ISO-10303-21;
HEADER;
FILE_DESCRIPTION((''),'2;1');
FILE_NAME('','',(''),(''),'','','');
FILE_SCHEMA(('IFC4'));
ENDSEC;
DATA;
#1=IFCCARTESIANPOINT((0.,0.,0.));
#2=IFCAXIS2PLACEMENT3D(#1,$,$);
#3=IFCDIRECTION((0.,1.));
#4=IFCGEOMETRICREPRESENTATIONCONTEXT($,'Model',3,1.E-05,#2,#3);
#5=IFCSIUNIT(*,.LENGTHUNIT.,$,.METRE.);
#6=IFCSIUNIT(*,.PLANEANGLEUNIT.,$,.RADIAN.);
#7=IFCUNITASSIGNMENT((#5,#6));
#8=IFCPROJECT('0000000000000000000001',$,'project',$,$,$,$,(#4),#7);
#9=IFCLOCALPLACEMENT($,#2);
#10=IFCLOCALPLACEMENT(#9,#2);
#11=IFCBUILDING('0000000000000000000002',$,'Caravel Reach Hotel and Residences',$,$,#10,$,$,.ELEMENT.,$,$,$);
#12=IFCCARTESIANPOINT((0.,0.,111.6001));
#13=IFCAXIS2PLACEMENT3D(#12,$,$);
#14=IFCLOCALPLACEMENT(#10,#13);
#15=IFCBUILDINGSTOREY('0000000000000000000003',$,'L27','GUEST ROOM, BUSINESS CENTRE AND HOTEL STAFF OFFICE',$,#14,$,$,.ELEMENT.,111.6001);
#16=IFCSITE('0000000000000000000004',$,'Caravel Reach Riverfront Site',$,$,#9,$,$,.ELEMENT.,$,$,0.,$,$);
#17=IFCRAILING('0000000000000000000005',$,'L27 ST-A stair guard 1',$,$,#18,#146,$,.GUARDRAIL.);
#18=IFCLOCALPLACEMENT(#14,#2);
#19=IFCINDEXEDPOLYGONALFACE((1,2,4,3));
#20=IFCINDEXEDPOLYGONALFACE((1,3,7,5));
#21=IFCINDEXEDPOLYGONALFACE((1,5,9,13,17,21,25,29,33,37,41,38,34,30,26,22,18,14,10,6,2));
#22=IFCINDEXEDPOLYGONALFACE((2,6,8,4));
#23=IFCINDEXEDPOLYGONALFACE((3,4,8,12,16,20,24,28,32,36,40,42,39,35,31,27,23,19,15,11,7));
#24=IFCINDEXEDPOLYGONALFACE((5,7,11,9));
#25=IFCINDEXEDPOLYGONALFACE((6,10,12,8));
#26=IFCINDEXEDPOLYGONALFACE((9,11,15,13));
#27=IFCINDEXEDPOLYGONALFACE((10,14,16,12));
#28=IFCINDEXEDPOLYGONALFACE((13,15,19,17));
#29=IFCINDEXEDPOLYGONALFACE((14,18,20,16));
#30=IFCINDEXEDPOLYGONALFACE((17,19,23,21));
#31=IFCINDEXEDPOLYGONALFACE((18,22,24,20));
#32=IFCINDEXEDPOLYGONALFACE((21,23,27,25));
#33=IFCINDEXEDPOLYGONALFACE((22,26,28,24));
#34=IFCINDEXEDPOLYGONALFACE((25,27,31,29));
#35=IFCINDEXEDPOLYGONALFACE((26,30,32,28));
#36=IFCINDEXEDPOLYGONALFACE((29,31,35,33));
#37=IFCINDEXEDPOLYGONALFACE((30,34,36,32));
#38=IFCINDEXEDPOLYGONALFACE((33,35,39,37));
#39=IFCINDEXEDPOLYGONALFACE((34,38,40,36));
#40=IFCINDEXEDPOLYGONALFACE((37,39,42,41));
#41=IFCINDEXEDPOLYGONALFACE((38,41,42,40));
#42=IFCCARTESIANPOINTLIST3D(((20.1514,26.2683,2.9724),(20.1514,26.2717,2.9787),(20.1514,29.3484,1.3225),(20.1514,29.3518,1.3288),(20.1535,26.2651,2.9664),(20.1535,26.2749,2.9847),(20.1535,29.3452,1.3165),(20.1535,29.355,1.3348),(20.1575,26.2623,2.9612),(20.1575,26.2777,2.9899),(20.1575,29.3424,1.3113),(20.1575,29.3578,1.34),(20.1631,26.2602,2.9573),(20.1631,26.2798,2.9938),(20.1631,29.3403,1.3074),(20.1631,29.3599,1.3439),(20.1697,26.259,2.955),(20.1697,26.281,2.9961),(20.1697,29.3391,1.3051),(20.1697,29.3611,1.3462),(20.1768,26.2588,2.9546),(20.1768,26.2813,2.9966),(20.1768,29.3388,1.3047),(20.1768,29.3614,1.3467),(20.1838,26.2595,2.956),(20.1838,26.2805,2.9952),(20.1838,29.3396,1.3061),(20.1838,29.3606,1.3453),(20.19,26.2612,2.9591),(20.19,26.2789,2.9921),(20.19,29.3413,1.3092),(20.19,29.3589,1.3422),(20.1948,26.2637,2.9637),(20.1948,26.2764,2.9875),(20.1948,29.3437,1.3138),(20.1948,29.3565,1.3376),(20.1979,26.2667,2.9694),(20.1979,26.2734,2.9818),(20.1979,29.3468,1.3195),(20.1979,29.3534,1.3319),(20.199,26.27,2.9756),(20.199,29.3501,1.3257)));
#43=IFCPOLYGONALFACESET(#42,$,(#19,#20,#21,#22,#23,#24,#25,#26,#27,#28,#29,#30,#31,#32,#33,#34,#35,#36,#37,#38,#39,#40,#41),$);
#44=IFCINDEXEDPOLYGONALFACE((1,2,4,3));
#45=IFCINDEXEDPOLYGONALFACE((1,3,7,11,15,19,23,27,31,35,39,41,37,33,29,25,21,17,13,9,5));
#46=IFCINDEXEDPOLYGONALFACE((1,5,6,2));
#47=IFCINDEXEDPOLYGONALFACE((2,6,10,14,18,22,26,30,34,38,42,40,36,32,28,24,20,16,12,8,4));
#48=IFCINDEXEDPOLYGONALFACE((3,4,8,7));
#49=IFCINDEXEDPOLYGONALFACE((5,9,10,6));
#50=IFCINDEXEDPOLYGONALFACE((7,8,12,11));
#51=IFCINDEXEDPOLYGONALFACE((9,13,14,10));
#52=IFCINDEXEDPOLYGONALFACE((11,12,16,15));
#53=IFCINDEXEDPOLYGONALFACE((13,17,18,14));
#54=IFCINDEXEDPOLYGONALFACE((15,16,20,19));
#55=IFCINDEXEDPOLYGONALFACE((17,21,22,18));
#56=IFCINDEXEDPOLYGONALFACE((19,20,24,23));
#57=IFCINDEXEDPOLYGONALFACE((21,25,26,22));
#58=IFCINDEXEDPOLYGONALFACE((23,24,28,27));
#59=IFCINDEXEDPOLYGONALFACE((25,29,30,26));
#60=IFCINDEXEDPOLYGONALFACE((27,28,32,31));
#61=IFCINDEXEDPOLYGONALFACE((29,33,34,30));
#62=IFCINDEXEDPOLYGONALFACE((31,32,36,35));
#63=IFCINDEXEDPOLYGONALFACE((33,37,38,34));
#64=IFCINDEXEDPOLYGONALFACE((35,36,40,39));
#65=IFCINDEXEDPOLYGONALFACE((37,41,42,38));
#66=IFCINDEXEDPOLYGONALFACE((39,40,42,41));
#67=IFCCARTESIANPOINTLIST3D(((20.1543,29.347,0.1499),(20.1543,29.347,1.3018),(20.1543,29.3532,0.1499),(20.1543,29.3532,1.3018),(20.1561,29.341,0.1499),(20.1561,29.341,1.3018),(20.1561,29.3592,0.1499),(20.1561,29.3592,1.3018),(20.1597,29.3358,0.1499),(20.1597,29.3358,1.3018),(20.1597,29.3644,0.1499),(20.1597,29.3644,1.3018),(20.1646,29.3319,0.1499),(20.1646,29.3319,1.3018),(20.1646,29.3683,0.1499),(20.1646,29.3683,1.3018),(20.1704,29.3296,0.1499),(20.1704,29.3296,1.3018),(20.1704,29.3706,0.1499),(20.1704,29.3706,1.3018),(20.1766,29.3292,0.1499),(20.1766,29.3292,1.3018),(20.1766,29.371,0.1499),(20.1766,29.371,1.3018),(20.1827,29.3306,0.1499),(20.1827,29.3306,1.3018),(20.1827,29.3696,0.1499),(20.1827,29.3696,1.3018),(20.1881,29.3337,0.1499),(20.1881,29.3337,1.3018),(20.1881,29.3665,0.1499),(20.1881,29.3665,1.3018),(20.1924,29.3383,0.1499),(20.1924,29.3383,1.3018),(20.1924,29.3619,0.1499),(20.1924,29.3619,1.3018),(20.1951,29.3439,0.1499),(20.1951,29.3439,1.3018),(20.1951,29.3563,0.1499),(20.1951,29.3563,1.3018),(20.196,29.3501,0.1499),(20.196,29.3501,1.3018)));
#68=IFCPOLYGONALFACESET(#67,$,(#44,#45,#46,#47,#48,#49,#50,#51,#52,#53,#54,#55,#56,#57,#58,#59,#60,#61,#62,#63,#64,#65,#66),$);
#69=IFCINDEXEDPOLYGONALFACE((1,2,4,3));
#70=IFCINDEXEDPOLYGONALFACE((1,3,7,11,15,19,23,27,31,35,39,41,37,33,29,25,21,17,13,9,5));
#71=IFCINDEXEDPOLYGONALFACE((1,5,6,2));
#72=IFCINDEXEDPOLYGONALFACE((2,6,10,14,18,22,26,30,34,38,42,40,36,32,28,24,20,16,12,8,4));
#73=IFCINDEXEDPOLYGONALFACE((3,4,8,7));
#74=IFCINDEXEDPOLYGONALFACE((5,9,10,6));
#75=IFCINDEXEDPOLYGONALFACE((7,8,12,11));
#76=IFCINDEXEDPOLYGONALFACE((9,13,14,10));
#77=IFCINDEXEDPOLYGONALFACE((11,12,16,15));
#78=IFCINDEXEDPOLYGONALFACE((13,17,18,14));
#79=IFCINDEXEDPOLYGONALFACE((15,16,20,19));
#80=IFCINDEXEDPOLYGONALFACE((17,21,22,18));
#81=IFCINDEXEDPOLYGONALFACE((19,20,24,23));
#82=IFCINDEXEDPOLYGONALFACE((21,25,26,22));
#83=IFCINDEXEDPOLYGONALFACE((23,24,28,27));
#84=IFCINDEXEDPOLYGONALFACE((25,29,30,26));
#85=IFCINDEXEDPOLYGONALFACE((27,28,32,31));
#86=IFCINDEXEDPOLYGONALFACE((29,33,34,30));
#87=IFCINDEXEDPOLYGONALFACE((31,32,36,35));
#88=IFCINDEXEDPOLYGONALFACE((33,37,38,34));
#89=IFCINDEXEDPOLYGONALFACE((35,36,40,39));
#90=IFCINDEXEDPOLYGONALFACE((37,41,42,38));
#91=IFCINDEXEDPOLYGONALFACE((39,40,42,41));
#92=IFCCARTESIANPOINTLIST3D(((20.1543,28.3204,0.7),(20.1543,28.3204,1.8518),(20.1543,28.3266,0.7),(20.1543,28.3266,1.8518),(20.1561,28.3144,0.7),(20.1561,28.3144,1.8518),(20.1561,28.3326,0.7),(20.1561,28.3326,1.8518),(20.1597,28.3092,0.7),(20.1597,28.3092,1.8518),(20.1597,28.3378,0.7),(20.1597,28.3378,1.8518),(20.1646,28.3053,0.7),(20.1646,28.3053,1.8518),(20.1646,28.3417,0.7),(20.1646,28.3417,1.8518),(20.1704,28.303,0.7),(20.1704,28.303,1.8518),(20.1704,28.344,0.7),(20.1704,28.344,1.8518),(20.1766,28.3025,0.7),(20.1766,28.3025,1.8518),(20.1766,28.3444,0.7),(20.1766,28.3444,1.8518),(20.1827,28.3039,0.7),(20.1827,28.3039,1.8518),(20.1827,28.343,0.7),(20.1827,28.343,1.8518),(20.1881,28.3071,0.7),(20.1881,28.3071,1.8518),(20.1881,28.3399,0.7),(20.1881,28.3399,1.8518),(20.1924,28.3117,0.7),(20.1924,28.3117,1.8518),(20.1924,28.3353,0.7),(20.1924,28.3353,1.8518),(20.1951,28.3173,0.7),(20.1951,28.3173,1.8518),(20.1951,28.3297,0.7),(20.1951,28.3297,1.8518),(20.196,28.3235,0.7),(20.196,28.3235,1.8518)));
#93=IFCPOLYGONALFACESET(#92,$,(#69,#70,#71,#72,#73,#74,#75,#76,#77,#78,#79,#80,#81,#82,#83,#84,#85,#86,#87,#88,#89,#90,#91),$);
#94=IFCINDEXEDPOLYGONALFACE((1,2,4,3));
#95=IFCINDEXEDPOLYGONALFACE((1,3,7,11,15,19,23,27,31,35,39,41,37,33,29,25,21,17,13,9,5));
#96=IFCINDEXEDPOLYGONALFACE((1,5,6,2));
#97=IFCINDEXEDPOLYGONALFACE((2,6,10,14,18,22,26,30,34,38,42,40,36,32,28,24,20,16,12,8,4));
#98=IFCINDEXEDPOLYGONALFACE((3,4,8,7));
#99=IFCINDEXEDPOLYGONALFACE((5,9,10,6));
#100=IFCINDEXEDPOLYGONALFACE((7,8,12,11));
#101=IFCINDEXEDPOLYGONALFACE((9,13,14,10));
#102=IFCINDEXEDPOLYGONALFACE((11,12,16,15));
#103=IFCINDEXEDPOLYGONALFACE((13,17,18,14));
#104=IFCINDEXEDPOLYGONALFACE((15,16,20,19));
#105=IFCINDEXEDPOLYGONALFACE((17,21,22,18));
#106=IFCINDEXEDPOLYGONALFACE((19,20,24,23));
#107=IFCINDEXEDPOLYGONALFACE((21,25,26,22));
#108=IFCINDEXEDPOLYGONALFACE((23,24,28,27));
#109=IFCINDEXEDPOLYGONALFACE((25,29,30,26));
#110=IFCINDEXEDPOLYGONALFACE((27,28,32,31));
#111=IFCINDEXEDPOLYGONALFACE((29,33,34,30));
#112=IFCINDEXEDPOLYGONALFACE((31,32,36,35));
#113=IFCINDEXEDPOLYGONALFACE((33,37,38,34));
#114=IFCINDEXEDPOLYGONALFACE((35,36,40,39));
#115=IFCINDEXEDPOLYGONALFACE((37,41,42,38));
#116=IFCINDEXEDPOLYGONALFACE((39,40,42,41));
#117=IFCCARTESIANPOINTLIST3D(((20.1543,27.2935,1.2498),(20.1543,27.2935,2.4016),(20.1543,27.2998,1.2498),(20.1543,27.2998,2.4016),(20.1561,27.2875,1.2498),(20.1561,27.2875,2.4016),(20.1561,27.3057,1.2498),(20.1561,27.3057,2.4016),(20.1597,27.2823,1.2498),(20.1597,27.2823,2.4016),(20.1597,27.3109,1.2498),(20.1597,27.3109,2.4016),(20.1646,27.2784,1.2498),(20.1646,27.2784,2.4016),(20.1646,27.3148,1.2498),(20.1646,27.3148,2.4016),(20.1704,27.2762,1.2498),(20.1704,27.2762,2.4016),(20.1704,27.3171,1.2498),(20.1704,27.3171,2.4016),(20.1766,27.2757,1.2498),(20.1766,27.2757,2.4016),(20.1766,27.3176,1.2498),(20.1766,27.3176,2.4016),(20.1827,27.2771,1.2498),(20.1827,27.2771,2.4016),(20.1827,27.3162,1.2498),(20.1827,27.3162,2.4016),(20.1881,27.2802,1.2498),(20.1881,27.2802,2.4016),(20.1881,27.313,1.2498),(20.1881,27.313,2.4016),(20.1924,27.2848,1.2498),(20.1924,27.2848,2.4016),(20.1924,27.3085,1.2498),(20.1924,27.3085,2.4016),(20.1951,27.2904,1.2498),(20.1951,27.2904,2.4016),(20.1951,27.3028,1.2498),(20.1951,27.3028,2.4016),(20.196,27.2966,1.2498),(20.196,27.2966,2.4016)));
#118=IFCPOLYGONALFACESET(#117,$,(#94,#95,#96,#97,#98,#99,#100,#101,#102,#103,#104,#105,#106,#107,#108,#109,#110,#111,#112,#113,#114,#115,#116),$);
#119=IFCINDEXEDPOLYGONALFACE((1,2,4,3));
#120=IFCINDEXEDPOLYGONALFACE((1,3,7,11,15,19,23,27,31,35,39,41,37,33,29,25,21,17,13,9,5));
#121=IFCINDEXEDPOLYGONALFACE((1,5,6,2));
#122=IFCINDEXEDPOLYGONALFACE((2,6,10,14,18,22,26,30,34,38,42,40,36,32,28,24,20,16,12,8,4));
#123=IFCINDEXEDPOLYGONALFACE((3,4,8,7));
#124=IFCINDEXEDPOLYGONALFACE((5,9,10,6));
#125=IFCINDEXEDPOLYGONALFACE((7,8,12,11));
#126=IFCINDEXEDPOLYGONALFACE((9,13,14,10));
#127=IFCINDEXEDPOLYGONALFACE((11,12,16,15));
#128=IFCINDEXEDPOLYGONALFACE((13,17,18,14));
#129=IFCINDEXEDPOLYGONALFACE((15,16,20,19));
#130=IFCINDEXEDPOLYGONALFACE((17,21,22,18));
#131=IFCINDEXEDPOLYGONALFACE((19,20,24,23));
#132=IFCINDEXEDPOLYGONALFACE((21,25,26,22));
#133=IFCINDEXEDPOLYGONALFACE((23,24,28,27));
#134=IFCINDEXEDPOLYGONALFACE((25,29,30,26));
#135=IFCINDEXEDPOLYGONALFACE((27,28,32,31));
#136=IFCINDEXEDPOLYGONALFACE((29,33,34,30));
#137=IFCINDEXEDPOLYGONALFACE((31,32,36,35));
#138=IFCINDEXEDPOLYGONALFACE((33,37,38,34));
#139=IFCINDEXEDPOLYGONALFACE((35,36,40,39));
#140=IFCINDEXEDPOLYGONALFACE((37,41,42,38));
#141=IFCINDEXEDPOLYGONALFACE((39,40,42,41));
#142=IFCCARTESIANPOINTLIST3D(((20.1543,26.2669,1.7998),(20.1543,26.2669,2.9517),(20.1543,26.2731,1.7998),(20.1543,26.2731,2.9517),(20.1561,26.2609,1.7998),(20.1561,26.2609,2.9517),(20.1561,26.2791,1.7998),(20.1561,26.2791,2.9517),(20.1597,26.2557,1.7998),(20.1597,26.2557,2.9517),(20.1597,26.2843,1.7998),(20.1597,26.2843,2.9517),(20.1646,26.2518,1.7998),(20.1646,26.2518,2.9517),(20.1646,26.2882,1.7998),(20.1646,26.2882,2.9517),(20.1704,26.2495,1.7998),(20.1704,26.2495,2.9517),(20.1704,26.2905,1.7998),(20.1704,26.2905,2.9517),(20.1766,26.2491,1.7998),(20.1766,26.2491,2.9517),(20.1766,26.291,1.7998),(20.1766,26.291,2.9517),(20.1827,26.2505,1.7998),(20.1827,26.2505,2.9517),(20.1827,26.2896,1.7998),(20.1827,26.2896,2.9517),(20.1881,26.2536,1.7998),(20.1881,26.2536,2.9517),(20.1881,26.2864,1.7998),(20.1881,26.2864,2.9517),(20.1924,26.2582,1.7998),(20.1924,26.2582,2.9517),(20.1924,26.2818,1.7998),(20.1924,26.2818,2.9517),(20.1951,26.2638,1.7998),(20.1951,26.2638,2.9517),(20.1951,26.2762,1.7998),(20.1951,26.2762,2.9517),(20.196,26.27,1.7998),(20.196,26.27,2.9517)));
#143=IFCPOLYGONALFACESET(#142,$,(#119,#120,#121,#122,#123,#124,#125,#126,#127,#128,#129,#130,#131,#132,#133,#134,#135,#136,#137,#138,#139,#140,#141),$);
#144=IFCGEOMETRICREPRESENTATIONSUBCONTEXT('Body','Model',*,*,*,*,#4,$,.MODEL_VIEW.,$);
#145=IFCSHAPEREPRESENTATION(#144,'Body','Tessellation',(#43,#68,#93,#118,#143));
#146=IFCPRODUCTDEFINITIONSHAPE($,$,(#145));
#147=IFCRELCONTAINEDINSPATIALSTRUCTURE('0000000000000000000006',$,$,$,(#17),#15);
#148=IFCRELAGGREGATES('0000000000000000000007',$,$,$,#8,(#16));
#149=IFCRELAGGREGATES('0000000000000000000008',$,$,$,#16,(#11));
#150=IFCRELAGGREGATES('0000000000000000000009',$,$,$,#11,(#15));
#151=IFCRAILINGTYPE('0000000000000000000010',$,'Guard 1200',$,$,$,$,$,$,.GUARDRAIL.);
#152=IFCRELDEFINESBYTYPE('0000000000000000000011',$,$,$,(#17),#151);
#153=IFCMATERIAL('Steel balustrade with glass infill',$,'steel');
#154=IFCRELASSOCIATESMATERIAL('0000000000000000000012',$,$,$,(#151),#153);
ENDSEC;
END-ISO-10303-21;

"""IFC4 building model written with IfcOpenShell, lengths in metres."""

from ifc_helpers import new_model, si_unit, direction, frame, origin, origin_2d, place, context, subcontext, project, spatial, circle, extrude, material, type_object, element, save


model = new_model("IFC4")

# Units and contexts
model_context = context("Model", 3, precision=1e-05, world=origin(), true_north=direction((0.0, 1.0)))
body_context = subcontext(model_context, "Body", "Model", "MODEL_VIEW")
ifc_project = project(units=[si_unit("LENGTHUNIT", "METRE"), si_unit("PLANEANGLEUNIT", "RADIAN")], contexts=[model_context])

# Site, building, storey
site_placement = place(None, origin())
site = spatial("IfcSite", under=ifc_project, at=site_placement, Name="Caravel Reach Riverfront Site", CompositionType="ELEMENT", RefElevation=0.0)
building_placement = place(site_placement, origin())
building = spatial("IfcBuilding", under=site, at=building_placement, Name="Caravel Reach Hotel and Residences", CompositionType="ELEMENT")
storey_placement = place(building_placement, frame((0.0, 0.0, 111.6001)))
storey = spatial("IfcBuildingStorey", under=building, at=storey_placement, Name="L27", Description="GUEST ROOM, BUSINESS CENTRE AND HOTEL STAFF OFFICE", CompositionType="ELEMENT", Elevation=111.6001)

# Railing
ifc_material_1 = material(Name="Steel balustrade with glass infill", Category="steel")
railing_type_1 = type_object("IfcRailingType", Name="Guard 1200", PredefinedType="GUARDRAIL", material=ifc_material_1)
railing_1_placement = place(storey_placement, frame((20.175, 29.3501, 0.1499)))
element("IfcRailing", 1, at=railing_1_placement, inside=storey, type_object=railing_type_1, Name="L27 ST-A stair guard 1", PredefinedType="GUARDRAIL", context=body_context, shape_type="SweptSolid", body=[
    extrude(circle(Radius=0.0239, at=origin_2d()), frame((0.0, 0.0, 1.1758), z_axis=(0.0, -0.881497, 0.47219), x_axis=(1.0, 0.0, 0.0)), (0.0, 0.0, 1.0), 3.4941),
    extrude(circle(Radius=0.021, at=origin_2d()), origin(), (0.0, 0.0, 1.0), 1.1519),
    extrude(circle(Radius=0.021, at=origin_2d()), frame((0.0, -1.0266, 0.55)), (0.0, 0.0, 1.0), 1.1519),
    extrude(circle(Radius=0.021, at=origin_2d()), frame((0.0, -2.0535, 1.0999)), (0.0, 0.0, 1.0), 1.1519),
    extrude(circle(Radius=0.021, at=origin_2d()), frame((0.0, -3.0801, 1.6499)), (0.0, 0.0, 1.0), 1.1519),
])

save(model, "model.ifc")
